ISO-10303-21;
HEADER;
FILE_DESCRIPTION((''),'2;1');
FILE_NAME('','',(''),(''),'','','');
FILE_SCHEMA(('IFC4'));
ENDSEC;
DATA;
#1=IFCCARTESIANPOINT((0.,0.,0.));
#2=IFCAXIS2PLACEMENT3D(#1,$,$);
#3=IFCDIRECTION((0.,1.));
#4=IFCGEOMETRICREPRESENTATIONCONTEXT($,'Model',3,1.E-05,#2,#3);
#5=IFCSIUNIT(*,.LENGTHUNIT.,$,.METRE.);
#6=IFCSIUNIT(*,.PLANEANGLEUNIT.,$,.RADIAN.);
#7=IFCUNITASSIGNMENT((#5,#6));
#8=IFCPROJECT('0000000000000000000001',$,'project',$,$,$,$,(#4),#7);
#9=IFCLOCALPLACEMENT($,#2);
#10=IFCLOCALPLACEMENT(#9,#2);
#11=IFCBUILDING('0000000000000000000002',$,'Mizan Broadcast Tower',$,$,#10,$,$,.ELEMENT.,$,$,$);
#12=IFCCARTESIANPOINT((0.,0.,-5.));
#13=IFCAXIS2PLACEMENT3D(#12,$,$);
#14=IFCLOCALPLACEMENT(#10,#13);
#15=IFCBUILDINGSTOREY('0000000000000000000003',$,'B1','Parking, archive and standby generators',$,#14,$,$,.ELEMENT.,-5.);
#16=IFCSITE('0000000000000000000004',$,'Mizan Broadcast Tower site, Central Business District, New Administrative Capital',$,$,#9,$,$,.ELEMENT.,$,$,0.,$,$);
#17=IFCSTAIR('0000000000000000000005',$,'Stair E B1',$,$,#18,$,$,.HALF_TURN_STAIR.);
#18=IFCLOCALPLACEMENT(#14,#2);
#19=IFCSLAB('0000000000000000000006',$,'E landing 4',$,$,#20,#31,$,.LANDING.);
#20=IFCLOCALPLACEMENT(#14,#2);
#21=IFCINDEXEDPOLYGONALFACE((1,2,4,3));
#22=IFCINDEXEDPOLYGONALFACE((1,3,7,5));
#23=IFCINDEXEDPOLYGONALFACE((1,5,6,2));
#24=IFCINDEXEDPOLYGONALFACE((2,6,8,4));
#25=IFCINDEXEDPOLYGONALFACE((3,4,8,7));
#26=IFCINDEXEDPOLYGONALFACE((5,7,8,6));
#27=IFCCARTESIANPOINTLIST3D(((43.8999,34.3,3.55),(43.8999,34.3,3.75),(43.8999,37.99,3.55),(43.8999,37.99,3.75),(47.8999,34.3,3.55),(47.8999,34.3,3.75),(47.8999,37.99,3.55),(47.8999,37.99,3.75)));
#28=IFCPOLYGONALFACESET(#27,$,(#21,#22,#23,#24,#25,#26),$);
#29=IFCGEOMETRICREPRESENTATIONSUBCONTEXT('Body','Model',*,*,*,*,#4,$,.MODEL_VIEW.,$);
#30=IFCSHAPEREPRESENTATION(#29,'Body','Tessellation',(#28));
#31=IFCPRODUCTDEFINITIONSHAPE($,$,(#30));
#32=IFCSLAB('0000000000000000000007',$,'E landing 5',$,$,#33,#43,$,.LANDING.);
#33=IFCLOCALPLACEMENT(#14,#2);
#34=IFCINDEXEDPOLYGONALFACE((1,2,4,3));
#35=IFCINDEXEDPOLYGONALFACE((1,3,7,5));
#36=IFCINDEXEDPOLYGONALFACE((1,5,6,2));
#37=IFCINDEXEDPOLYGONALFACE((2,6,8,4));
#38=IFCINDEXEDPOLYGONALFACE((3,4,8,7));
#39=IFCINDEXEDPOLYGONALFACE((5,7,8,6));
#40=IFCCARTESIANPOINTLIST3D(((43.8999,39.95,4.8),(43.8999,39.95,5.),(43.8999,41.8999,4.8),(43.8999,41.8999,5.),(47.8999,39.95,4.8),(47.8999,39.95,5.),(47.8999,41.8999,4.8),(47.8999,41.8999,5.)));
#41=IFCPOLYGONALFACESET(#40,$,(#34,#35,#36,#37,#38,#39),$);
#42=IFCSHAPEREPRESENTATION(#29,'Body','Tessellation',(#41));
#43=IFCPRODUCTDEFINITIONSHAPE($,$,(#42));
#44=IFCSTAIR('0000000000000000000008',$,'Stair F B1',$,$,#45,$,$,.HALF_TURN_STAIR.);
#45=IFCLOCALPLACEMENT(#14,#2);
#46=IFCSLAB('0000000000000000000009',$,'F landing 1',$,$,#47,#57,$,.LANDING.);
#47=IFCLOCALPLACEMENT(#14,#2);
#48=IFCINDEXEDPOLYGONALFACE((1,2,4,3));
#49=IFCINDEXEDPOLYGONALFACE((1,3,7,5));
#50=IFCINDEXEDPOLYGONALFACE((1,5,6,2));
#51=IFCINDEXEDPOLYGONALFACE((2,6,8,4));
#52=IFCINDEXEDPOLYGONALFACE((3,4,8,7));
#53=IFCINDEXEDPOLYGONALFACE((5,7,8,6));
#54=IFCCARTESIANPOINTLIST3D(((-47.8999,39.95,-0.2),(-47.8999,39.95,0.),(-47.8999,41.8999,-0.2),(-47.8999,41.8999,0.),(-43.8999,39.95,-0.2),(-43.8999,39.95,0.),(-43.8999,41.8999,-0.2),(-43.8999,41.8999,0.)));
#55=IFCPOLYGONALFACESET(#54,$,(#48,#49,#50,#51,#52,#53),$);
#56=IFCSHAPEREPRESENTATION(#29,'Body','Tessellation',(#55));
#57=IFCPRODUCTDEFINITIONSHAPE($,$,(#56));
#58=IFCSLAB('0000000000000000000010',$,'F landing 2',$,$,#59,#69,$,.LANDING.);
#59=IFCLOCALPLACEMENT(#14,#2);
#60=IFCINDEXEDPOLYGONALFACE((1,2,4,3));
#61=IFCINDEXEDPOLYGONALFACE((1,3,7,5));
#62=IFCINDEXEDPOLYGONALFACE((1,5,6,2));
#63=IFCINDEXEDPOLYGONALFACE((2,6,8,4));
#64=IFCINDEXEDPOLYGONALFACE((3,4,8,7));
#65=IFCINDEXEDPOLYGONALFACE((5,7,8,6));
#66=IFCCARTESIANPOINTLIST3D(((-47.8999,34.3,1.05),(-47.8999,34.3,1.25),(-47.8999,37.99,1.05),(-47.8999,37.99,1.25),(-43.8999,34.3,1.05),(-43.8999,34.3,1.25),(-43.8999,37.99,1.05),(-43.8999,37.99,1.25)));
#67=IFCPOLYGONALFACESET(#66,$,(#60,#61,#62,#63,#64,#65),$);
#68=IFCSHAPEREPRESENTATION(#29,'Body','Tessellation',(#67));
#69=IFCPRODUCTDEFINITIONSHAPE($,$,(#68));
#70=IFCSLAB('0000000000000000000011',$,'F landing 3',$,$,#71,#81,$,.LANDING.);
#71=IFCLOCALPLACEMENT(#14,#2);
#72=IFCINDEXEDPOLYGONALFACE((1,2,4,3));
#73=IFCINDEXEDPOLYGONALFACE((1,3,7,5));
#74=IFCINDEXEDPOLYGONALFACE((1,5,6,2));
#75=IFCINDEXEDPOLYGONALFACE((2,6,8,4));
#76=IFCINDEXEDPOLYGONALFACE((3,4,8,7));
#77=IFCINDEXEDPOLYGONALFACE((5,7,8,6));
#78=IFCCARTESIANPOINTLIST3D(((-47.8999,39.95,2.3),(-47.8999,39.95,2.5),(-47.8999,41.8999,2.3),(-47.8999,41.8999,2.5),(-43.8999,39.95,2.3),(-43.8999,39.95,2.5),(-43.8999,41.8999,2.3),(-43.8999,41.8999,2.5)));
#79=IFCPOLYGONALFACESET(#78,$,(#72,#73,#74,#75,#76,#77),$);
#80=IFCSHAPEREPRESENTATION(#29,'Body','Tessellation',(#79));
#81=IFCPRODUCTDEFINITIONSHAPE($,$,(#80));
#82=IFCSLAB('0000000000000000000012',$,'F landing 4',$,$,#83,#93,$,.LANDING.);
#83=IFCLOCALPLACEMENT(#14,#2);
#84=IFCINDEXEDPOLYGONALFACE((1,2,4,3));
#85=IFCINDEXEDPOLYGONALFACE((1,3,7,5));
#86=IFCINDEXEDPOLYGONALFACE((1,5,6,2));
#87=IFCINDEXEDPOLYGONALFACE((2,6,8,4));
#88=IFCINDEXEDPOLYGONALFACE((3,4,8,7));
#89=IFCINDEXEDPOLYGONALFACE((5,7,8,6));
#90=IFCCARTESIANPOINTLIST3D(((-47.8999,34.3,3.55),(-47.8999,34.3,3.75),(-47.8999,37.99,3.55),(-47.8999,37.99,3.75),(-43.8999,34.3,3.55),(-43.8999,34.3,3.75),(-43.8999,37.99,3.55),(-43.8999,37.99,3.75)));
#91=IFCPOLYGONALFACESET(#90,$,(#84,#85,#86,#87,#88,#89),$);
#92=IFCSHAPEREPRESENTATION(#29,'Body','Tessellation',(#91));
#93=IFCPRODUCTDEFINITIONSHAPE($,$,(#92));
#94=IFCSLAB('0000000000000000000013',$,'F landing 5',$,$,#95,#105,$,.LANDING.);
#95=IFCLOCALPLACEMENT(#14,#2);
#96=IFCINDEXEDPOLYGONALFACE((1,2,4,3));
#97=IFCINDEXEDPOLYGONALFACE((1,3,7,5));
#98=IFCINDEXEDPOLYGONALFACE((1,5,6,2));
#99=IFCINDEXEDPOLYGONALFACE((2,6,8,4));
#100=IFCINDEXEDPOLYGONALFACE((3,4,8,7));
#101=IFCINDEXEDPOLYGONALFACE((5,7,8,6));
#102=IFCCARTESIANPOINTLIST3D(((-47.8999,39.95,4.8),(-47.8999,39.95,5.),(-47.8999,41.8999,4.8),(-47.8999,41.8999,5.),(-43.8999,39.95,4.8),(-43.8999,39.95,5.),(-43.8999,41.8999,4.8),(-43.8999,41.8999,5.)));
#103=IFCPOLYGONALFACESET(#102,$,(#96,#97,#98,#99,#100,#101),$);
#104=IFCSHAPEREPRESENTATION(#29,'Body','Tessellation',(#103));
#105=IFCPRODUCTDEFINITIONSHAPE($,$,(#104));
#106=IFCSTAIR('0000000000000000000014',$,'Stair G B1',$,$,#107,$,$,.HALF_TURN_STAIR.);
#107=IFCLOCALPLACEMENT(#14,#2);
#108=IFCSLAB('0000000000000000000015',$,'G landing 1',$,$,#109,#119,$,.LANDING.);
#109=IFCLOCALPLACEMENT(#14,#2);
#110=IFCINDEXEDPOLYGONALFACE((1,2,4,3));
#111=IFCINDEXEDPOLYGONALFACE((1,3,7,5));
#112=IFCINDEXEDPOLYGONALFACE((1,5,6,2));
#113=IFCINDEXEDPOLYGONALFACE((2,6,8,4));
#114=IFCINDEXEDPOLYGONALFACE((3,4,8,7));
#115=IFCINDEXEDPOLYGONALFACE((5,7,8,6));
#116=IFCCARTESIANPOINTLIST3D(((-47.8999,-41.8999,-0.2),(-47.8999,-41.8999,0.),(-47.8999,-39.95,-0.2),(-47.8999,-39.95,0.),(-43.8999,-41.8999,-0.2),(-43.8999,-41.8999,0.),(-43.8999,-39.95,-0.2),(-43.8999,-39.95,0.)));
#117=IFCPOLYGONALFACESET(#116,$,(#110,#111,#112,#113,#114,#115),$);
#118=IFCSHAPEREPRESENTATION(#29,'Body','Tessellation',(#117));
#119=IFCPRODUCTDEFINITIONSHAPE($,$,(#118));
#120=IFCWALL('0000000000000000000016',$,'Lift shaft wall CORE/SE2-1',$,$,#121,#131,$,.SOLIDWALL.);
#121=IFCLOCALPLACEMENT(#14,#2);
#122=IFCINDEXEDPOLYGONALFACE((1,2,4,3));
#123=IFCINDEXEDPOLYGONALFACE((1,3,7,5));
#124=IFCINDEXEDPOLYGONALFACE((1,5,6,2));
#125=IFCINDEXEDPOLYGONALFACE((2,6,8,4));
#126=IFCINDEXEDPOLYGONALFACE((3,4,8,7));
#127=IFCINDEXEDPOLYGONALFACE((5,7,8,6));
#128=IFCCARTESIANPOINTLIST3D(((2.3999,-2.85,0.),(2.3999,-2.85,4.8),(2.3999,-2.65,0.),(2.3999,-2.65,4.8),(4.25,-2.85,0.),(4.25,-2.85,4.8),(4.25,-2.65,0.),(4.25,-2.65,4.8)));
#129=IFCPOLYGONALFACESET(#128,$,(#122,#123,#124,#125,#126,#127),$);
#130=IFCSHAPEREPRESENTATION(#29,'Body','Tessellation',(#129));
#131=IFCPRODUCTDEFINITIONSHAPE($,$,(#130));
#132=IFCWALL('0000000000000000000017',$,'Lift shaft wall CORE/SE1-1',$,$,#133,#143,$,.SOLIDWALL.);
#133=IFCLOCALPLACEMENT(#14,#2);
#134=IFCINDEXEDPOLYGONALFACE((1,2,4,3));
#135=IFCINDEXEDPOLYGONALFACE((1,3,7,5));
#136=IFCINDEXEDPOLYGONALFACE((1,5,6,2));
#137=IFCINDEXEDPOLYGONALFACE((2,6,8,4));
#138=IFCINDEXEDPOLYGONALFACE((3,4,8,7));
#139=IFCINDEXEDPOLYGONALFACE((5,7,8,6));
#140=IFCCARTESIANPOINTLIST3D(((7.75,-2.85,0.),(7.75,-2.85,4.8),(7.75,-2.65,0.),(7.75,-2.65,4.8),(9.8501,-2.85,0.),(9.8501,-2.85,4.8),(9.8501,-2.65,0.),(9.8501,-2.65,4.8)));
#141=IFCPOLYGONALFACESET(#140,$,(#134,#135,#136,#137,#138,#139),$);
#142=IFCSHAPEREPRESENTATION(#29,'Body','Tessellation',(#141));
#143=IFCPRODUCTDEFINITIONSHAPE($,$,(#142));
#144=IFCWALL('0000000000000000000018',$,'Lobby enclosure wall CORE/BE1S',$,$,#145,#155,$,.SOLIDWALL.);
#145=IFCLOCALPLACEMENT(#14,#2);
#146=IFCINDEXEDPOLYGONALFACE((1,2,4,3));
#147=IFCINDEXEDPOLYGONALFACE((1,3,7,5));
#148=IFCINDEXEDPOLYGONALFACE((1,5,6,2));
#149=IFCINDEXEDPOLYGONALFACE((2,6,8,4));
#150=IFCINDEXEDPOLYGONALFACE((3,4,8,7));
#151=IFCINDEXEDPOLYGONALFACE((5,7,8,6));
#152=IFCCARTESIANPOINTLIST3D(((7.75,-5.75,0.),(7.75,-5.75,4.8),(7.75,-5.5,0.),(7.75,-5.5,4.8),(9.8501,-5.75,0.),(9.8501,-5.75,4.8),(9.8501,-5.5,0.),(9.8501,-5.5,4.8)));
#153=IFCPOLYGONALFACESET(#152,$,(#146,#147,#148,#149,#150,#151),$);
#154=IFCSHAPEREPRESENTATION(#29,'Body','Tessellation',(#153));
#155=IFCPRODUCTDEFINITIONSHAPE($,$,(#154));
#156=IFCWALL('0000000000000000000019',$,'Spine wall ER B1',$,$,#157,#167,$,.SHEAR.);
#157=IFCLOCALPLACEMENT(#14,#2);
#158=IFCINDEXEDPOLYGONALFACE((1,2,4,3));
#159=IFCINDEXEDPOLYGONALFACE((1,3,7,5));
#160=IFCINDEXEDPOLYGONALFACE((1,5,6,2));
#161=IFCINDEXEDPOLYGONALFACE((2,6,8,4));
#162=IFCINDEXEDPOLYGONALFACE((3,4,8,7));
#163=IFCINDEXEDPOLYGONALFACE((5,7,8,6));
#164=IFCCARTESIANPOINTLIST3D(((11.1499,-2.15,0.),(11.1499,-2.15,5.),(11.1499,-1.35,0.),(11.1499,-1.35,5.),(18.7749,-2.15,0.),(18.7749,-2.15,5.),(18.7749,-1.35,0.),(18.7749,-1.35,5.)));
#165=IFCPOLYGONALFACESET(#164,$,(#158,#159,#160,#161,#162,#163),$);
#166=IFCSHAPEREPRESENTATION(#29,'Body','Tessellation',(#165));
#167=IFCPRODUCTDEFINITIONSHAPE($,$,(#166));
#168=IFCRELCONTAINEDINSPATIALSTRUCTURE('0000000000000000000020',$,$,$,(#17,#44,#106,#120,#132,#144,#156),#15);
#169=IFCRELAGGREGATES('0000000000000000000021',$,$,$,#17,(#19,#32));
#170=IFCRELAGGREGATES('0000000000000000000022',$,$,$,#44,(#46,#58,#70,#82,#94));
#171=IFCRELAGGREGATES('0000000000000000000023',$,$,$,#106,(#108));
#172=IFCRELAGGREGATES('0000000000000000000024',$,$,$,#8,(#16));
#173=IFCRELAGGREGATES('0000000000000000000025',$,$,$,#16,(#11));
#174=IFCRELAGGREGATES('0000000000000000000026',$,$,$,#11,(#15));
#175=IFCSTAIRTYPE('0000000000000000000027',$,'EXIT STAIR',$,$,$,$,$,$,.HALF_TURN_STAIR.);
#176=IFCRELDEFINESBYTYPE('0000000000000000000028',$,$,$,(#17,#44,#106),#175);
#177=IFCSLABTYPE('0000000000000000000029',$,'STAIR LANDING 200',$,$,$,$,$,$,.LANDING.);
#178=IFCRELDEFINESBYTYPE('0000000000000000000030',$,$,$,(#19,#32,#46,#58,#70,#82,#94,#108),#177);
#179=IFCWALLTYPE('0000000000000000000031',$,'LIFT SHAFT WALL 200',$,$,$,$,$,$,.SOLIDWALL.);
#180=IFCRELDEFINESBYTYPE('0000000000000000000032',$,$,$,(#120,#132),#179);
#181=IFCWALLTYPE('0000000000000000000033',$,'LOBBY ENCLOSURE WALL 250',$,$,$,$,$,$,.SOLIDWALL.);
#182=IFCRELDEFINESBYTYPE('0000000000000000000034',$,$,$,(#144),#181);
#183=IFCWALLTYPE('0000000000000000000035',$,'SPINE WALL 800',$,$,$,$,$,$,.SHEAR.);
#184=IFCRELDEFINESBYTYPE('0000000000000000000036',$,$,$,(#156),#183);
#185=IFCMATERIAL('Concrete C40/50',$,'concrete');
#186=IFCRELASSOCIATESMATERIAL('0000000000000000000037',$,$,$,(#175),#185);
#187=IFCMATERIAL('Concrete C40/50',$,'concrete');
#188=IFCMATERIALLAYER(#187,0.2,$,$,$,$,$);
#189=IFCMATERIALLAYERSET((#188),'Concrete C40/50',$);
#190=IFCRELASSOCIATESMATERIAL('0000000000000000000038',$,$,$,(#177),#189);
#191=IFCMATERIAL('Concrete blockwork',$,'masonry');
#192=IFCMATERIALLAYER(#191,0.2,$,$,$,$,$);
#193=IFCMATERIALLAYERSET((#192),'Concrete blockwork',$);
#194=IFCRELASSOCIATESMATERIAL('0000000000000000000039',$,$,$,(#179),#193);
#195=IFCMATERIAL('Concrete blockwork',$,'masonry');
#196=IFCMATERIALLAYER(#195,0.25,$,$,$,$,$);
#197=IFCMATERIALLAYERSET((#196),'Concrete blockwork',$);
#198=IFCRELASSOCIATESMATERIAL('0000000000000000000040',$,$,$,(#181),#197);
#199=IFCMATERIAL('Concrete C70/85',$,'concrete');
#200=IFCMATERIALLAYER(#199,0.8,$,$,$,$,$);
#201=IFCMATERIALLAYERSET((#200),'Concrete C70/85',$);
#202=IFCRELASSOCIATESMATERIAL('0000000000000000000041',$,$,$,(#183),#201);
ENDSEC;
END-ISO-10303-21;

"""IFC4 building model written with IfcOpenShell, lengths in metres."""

from ifc_helpers import new_model, si_unit, direction, frame, frame_2d, origin, place, context, subcontext, project, spatial, polyline, rectangle, outline, extrude, material, layer, layer_set, type_object, element, aggregate, save


model = new_model("IFC4")

# Units and contexts
model_context = context("Model", 3, precision=1e-05, world=origin(), true_north=direction((0.0, 1.0)))
body_context = subcontext(model_context, "Body", "Model", "MODEL_VIEW")
ifc_project = project(units=[si_unit("LENGTHUNIT", "METRE"), si_unit("PLANEANGLEUNIT", "RADIAN")], contexts=[model_context])

# Site, building, storey
site_placement = place(None, origin())
site = spatial("IfcSite", under=ifc_project, at=site_placement, Name="Mizan Broadcast Tower site, Central Business District, New Administrative Capital", CompositionType="ELEMENT", RefElevation=0.0)
building_placement = place(site_placement, origin())
building = spatial("IfcBuilding", under=site, at=building_placement, Name="Mizan Broadcast Tower", CompositionType="ELEMENT")
storey_placement = place(building_placement, frame((0.0, 0.0, -5.0)))
storey = spatial("IfcBuildingStorey", under=building, at=storey_placement, Name="B1", Description="Parking, archive and standby generators", CompositionType="ELEMENT", Elevation=-5.0)

# Stairs, slabs
ifc_material_1 = material(Name="Concrete C40/50", Category="concrete")
stair_type = type_object("IfcStairType", Name="EXIT STAIR", PredefinedType="HALF_TURN_STAIR", material=ifc_material_1)
ifc_material_2 = material(Name="Concrete C40/50", Category="concrete")
ifc_layer_1 = layer(ifc_material_2, 0.2)
ifc_layer_set_1 = layer_set([ifc_layer_1], Name="Concrete C40/50")
slab_type_1 = type_object("IfcSlabType", Name="STAIR LANDING 200", PredefinedType="LANDING", material=ifc_layer_set_1)
stair_1_placement = place(storey_placement, origin())
stair_1 = element("IfcStair", 1, at=stair_1_placement, inside=storey, type_object=stair_type, Name="Stair E B1", PredefinedType="HALF_TURN_STAIR")
slab_1_placement = place(storey_placement, frame((0.0, 0.0, 3.55)))
slab_1 = element("IfcSlab", 2, at=slab_1_placement, type_object=slab_type_1, Name="E landing 4", PredefinedType="LANDING", context=body_context, shape_type="SweptSolid", body=[
    extrude(outline(polyline([(43.8999, 37.99), (43.8999, 34.3), (47.8999, 34.3), (47.8999, 37.99), (43.8999, 37.99)])), origin(), (0.0, 0.0, 1.0), 0.2),
])
slab_2_placement = place(storey_placement, frame((0.0, 0.0, 4.8)))
slab_2 = element("IfcSlab", 3, at=slab_2_placement, type_object=slab_type_1, Name="E landing 5", PredefinedType="LANDING", context=body_context, shape_type="SweptSolid", body=[
    extrude(outline(polyline([(43.8999, 41.8999), (43.8999, 39.95), (47.8999, 39.95), (47.8999, 41.8999), (43.8999, 41.8999)])), origin(), (0.0, 0.0, 1.0), 0.2),
])
aggregate(stair_1, [slab_1, slab_2])
stair_2_placement = place(storey_placement, origin())
stair_2 = element("IfcStair", 4, at=stair_2_placement, inside=storey, type_object=stair_type, Name="Stair F B1", PredefinedType="HALF_TURN_STAIR")
slab_3_placement = place(storey_placement, frame((0.0, 0.0, -0.2)))
slab_3 = element("IfcSlab", 5, at=slab_3_placement, type_object=slab_type_1, Name="F landing 1", PredefinedType="LANDING", context=body_context, shape_type="SweptSolid", body=[
    extrude(outline(polyline([(-43.8999, 41.8999), (-43.8999, 39.95), (-47.8999, 39.95), (-47.8999, 41.8999), (-43.8999, 41.8999)])), origin(), (0.0, 0.0, 1.0), 0.2),
])
slab_4_placement = place(storey_placement, frame((0.0, 0.0, 1.05)))
slab_4 = element("IfcSlab", 6, at=slab_4_placement, type_object=slab_type_1, Name="F landing 2", PredefinedType="LANDING", context=body_context, shape_type="SweptSolid", body=[
    extrude(outline(polyline([(-43.8999, 37.99), (-43.8999, 34.3), (-47.8999, 34.3), (-47.8999, 37.99), (-43.8999, 37.99)])), origin(), (0.0, 0.0, 1.0), 0.2),
])
slab_5_placement = place(storey_placement, frame((0.0, 0.0, 2.3)))
slab_5 = element("IfcSlab", 7, at=slab_5_placement, type_object=slab_type_1, Name="F landing 3", PredefinedType="LANDING", context=body_context, shape_type="SweptSolid", body=[
    extrude(outline(polyline([(-43.8999, 41.8999), (-43.8999, 39.95), (-47.8999, 39.95), (-47.8999, 41.8999), (-43.8999, 41.8999)])), origin(), (0.0, 0.0, 1.0), 0.2),
])
slab_6_placement = place(storey_placement, frame((0.0, 0.0, 3.55)))
slab_6 = element("IfcSlab", 8, at=slab_6_placement, type_object=slab_type_1, Name="F landing 4", PredefinedType="LANDING", context=body_context, shape_type="SweptSolid", body=[
    extrude(outline(polyline([(-43.8999, 37.99), (-43.8999, 34.3), (-47.8999, 34.3), (-47.8999, 37.99), (-43.8999, 37.99)])), origin(), (0.0, 0.0, 1.0), 0.2),
])
slab_7_placement = place(storey_placement, frame((0.0, 0.0, 4.8)))
slab_7 = element("IfcSlab", 9, at=slab_7_placement, type_object=slab_type_1, Name="F landing 5", PredefinedType="LANDING", context=body_context, shape_type="SweptSolid", body=[
    extrude(outline(polyline([(-43.8999, 41.8999), (-43.8999, 39.95), (-47.8999, 39.95), (-47.8999, 41.8999), (-43.8999, 41.8999)])), origin(), (0.0, 0.0, 1.0), 0.2),
])
aggregate(stair_2, [slab_3, slab_4, slab_5, slab_6, slab_7])

# Stair, slab
stair_3_placement = place(storey_placement, origin())
stair_3 = element("IfcStair", 10, at=stair_3_placement, inside=storey, type_object=stair_type, Name="Stair G B1", PredefinedType="HALF_TURN_STAIR")
slab_8_placement = place(storey_placement, frame((0.0, 0.0, -0.2)))
slab_8 = element("IfcSlab", 11, at=slab_8_placement, type_object=slab_type_1, Name="G landing 1", PredefinedType="LANDING", context=body_context, shape_type="SweptSolid", body=[
    extrude(outline(polyline([(-43.8999, -41.8999), (-43.8999, -39.95), (-47.8999, -39.95), (-47.8999, -41.8999), (-43.8999, -41.8999)])), origin(), (0.0, 0.0, 1.0), 0.2),
])
aggregate(stair_3, [slab_8])

# Walls
ifc_material_3 = material(Name="Concrete blockwork", Category="masonry")
ifc_layer_2 = layer(ifc_material_3, 0.2)
ifc_layer_set_2 = layer_set([ifc_layer_2], Name="Concrete blockwork")
wall_type_1 = type_object("IfcWallType", Name="LIFT SHAFT WALL 200", PredefinedType="SOLIDWALL", material=ifc_layer_set_2)
wall_1_placement = place(storey_placement, frame((2.3999, -2.75, 0.0), z_axis=(0.0, 0.0, 1.0), x_axis=(1.0, 0.0, 0.0)))
element("IfcWall", 12, at=wall_1_placement, inside=storey, type_object=wall_type_1, Name="Lift shaft wall CORE/SE2-1", PredefinedType="SOLIDWALL", context=body_context, shape_type="SweptSolid", body=[
    extrude(rectangle(XDim=1.8501, YDim=0.2, at=frame_2d((0.925, 0.0))), origin(), (0.0, 0.0, 1.0), 4.8),
])
wall_2_placement = place(storey_placement, frame((7.75, -2.75, 0.0), z_axis=(0.0, 0.0, 1.0), x_axis=(1.0, 0.0, 0.0)))
element("IfcWall", 13, at=wall_2_placement, inside=storey, type_object=wall_type_1, Name="Lift shaft wall CORE/SE1-1", PredefinedType="SOLIDWALL", context=body_context, shape_type="SweptSolid", body=[
    extrude(rectangle(XDim=2.1001, YDim=0.2, at=frame_2d((1.05, 0.0))), origin(), (0.0, 0.0, 1.0), 4.8),
])
ifc_material_4 = material(Name="Concrete blockwork", Category="masonry")
ifc_layer_3 = layer(ifc_material_4, 0.25)
ifc_layer_set_3 = layer_set([ifc_layer_3], Name="Concrete blockwork")
wall_type_2 = type_object("IfcWallType", Name="LOBBY ENCLOSURE WALL 250", PredefinedType="SOLIDWALL", material=ifc_layer_set_3)
wall_3_placement = place(storey_placement, frame((7.75, -5.625, 0.0), z_axis=(0.0, 0.0, 1.0), x_axis=(1.0, 0.0, 0.0)))
element("IfcWall", 14, at=wall_3_placement, inside=storey, type_object=wall_type_2, Name="Lobby enclosure wall CORE/BE1S", PredefinedType="SOLIDWALL", context=body_context, shape_type="SweptSolid", body=[
    extrude(rectangle(XDim=2.1001, YDim=0.25, at=frame_2d((1.05, 0.0))), origin(), (0.0, 0.0, 1.0), 4.8),
])
ifc_material_5 = material(Name="Concrete C70/85", Category="concrete")
ifc_layer_4 = layer(ifc_material_5, 0.8)
ifc_layer_set_4 = layer_set([ifc_layer_4], Name="Concrete C70/85")
wall_type_3 = type_object("IfcWallType", Name="SPINE WALL 800", PredefinedType="SHEAR", material=ifc_layer_set_4)
wall_4_placement = place(storey_placement, frame((11.1499, -1.75, 0.0), z_axis=(0.0, 0.0, 1.0), x_axis=(1.0, 0.0, 0.0)))
element("IfcWall", 15, at=wall_4_placement, inside=storey, type_object=wall_type_3, Name="Spine wall ER B1", PredefinedType="SHEAR", context=body_context, shape_type="SweptSolid", body=[
    extrude(rectangle(XDim=7.625, YDim=0.8, at=frame_2d((3.8125, 0.0))), origin(), (0.0, 0.0, 1.0), 5.0),
])

save(model, "model.ifc")
